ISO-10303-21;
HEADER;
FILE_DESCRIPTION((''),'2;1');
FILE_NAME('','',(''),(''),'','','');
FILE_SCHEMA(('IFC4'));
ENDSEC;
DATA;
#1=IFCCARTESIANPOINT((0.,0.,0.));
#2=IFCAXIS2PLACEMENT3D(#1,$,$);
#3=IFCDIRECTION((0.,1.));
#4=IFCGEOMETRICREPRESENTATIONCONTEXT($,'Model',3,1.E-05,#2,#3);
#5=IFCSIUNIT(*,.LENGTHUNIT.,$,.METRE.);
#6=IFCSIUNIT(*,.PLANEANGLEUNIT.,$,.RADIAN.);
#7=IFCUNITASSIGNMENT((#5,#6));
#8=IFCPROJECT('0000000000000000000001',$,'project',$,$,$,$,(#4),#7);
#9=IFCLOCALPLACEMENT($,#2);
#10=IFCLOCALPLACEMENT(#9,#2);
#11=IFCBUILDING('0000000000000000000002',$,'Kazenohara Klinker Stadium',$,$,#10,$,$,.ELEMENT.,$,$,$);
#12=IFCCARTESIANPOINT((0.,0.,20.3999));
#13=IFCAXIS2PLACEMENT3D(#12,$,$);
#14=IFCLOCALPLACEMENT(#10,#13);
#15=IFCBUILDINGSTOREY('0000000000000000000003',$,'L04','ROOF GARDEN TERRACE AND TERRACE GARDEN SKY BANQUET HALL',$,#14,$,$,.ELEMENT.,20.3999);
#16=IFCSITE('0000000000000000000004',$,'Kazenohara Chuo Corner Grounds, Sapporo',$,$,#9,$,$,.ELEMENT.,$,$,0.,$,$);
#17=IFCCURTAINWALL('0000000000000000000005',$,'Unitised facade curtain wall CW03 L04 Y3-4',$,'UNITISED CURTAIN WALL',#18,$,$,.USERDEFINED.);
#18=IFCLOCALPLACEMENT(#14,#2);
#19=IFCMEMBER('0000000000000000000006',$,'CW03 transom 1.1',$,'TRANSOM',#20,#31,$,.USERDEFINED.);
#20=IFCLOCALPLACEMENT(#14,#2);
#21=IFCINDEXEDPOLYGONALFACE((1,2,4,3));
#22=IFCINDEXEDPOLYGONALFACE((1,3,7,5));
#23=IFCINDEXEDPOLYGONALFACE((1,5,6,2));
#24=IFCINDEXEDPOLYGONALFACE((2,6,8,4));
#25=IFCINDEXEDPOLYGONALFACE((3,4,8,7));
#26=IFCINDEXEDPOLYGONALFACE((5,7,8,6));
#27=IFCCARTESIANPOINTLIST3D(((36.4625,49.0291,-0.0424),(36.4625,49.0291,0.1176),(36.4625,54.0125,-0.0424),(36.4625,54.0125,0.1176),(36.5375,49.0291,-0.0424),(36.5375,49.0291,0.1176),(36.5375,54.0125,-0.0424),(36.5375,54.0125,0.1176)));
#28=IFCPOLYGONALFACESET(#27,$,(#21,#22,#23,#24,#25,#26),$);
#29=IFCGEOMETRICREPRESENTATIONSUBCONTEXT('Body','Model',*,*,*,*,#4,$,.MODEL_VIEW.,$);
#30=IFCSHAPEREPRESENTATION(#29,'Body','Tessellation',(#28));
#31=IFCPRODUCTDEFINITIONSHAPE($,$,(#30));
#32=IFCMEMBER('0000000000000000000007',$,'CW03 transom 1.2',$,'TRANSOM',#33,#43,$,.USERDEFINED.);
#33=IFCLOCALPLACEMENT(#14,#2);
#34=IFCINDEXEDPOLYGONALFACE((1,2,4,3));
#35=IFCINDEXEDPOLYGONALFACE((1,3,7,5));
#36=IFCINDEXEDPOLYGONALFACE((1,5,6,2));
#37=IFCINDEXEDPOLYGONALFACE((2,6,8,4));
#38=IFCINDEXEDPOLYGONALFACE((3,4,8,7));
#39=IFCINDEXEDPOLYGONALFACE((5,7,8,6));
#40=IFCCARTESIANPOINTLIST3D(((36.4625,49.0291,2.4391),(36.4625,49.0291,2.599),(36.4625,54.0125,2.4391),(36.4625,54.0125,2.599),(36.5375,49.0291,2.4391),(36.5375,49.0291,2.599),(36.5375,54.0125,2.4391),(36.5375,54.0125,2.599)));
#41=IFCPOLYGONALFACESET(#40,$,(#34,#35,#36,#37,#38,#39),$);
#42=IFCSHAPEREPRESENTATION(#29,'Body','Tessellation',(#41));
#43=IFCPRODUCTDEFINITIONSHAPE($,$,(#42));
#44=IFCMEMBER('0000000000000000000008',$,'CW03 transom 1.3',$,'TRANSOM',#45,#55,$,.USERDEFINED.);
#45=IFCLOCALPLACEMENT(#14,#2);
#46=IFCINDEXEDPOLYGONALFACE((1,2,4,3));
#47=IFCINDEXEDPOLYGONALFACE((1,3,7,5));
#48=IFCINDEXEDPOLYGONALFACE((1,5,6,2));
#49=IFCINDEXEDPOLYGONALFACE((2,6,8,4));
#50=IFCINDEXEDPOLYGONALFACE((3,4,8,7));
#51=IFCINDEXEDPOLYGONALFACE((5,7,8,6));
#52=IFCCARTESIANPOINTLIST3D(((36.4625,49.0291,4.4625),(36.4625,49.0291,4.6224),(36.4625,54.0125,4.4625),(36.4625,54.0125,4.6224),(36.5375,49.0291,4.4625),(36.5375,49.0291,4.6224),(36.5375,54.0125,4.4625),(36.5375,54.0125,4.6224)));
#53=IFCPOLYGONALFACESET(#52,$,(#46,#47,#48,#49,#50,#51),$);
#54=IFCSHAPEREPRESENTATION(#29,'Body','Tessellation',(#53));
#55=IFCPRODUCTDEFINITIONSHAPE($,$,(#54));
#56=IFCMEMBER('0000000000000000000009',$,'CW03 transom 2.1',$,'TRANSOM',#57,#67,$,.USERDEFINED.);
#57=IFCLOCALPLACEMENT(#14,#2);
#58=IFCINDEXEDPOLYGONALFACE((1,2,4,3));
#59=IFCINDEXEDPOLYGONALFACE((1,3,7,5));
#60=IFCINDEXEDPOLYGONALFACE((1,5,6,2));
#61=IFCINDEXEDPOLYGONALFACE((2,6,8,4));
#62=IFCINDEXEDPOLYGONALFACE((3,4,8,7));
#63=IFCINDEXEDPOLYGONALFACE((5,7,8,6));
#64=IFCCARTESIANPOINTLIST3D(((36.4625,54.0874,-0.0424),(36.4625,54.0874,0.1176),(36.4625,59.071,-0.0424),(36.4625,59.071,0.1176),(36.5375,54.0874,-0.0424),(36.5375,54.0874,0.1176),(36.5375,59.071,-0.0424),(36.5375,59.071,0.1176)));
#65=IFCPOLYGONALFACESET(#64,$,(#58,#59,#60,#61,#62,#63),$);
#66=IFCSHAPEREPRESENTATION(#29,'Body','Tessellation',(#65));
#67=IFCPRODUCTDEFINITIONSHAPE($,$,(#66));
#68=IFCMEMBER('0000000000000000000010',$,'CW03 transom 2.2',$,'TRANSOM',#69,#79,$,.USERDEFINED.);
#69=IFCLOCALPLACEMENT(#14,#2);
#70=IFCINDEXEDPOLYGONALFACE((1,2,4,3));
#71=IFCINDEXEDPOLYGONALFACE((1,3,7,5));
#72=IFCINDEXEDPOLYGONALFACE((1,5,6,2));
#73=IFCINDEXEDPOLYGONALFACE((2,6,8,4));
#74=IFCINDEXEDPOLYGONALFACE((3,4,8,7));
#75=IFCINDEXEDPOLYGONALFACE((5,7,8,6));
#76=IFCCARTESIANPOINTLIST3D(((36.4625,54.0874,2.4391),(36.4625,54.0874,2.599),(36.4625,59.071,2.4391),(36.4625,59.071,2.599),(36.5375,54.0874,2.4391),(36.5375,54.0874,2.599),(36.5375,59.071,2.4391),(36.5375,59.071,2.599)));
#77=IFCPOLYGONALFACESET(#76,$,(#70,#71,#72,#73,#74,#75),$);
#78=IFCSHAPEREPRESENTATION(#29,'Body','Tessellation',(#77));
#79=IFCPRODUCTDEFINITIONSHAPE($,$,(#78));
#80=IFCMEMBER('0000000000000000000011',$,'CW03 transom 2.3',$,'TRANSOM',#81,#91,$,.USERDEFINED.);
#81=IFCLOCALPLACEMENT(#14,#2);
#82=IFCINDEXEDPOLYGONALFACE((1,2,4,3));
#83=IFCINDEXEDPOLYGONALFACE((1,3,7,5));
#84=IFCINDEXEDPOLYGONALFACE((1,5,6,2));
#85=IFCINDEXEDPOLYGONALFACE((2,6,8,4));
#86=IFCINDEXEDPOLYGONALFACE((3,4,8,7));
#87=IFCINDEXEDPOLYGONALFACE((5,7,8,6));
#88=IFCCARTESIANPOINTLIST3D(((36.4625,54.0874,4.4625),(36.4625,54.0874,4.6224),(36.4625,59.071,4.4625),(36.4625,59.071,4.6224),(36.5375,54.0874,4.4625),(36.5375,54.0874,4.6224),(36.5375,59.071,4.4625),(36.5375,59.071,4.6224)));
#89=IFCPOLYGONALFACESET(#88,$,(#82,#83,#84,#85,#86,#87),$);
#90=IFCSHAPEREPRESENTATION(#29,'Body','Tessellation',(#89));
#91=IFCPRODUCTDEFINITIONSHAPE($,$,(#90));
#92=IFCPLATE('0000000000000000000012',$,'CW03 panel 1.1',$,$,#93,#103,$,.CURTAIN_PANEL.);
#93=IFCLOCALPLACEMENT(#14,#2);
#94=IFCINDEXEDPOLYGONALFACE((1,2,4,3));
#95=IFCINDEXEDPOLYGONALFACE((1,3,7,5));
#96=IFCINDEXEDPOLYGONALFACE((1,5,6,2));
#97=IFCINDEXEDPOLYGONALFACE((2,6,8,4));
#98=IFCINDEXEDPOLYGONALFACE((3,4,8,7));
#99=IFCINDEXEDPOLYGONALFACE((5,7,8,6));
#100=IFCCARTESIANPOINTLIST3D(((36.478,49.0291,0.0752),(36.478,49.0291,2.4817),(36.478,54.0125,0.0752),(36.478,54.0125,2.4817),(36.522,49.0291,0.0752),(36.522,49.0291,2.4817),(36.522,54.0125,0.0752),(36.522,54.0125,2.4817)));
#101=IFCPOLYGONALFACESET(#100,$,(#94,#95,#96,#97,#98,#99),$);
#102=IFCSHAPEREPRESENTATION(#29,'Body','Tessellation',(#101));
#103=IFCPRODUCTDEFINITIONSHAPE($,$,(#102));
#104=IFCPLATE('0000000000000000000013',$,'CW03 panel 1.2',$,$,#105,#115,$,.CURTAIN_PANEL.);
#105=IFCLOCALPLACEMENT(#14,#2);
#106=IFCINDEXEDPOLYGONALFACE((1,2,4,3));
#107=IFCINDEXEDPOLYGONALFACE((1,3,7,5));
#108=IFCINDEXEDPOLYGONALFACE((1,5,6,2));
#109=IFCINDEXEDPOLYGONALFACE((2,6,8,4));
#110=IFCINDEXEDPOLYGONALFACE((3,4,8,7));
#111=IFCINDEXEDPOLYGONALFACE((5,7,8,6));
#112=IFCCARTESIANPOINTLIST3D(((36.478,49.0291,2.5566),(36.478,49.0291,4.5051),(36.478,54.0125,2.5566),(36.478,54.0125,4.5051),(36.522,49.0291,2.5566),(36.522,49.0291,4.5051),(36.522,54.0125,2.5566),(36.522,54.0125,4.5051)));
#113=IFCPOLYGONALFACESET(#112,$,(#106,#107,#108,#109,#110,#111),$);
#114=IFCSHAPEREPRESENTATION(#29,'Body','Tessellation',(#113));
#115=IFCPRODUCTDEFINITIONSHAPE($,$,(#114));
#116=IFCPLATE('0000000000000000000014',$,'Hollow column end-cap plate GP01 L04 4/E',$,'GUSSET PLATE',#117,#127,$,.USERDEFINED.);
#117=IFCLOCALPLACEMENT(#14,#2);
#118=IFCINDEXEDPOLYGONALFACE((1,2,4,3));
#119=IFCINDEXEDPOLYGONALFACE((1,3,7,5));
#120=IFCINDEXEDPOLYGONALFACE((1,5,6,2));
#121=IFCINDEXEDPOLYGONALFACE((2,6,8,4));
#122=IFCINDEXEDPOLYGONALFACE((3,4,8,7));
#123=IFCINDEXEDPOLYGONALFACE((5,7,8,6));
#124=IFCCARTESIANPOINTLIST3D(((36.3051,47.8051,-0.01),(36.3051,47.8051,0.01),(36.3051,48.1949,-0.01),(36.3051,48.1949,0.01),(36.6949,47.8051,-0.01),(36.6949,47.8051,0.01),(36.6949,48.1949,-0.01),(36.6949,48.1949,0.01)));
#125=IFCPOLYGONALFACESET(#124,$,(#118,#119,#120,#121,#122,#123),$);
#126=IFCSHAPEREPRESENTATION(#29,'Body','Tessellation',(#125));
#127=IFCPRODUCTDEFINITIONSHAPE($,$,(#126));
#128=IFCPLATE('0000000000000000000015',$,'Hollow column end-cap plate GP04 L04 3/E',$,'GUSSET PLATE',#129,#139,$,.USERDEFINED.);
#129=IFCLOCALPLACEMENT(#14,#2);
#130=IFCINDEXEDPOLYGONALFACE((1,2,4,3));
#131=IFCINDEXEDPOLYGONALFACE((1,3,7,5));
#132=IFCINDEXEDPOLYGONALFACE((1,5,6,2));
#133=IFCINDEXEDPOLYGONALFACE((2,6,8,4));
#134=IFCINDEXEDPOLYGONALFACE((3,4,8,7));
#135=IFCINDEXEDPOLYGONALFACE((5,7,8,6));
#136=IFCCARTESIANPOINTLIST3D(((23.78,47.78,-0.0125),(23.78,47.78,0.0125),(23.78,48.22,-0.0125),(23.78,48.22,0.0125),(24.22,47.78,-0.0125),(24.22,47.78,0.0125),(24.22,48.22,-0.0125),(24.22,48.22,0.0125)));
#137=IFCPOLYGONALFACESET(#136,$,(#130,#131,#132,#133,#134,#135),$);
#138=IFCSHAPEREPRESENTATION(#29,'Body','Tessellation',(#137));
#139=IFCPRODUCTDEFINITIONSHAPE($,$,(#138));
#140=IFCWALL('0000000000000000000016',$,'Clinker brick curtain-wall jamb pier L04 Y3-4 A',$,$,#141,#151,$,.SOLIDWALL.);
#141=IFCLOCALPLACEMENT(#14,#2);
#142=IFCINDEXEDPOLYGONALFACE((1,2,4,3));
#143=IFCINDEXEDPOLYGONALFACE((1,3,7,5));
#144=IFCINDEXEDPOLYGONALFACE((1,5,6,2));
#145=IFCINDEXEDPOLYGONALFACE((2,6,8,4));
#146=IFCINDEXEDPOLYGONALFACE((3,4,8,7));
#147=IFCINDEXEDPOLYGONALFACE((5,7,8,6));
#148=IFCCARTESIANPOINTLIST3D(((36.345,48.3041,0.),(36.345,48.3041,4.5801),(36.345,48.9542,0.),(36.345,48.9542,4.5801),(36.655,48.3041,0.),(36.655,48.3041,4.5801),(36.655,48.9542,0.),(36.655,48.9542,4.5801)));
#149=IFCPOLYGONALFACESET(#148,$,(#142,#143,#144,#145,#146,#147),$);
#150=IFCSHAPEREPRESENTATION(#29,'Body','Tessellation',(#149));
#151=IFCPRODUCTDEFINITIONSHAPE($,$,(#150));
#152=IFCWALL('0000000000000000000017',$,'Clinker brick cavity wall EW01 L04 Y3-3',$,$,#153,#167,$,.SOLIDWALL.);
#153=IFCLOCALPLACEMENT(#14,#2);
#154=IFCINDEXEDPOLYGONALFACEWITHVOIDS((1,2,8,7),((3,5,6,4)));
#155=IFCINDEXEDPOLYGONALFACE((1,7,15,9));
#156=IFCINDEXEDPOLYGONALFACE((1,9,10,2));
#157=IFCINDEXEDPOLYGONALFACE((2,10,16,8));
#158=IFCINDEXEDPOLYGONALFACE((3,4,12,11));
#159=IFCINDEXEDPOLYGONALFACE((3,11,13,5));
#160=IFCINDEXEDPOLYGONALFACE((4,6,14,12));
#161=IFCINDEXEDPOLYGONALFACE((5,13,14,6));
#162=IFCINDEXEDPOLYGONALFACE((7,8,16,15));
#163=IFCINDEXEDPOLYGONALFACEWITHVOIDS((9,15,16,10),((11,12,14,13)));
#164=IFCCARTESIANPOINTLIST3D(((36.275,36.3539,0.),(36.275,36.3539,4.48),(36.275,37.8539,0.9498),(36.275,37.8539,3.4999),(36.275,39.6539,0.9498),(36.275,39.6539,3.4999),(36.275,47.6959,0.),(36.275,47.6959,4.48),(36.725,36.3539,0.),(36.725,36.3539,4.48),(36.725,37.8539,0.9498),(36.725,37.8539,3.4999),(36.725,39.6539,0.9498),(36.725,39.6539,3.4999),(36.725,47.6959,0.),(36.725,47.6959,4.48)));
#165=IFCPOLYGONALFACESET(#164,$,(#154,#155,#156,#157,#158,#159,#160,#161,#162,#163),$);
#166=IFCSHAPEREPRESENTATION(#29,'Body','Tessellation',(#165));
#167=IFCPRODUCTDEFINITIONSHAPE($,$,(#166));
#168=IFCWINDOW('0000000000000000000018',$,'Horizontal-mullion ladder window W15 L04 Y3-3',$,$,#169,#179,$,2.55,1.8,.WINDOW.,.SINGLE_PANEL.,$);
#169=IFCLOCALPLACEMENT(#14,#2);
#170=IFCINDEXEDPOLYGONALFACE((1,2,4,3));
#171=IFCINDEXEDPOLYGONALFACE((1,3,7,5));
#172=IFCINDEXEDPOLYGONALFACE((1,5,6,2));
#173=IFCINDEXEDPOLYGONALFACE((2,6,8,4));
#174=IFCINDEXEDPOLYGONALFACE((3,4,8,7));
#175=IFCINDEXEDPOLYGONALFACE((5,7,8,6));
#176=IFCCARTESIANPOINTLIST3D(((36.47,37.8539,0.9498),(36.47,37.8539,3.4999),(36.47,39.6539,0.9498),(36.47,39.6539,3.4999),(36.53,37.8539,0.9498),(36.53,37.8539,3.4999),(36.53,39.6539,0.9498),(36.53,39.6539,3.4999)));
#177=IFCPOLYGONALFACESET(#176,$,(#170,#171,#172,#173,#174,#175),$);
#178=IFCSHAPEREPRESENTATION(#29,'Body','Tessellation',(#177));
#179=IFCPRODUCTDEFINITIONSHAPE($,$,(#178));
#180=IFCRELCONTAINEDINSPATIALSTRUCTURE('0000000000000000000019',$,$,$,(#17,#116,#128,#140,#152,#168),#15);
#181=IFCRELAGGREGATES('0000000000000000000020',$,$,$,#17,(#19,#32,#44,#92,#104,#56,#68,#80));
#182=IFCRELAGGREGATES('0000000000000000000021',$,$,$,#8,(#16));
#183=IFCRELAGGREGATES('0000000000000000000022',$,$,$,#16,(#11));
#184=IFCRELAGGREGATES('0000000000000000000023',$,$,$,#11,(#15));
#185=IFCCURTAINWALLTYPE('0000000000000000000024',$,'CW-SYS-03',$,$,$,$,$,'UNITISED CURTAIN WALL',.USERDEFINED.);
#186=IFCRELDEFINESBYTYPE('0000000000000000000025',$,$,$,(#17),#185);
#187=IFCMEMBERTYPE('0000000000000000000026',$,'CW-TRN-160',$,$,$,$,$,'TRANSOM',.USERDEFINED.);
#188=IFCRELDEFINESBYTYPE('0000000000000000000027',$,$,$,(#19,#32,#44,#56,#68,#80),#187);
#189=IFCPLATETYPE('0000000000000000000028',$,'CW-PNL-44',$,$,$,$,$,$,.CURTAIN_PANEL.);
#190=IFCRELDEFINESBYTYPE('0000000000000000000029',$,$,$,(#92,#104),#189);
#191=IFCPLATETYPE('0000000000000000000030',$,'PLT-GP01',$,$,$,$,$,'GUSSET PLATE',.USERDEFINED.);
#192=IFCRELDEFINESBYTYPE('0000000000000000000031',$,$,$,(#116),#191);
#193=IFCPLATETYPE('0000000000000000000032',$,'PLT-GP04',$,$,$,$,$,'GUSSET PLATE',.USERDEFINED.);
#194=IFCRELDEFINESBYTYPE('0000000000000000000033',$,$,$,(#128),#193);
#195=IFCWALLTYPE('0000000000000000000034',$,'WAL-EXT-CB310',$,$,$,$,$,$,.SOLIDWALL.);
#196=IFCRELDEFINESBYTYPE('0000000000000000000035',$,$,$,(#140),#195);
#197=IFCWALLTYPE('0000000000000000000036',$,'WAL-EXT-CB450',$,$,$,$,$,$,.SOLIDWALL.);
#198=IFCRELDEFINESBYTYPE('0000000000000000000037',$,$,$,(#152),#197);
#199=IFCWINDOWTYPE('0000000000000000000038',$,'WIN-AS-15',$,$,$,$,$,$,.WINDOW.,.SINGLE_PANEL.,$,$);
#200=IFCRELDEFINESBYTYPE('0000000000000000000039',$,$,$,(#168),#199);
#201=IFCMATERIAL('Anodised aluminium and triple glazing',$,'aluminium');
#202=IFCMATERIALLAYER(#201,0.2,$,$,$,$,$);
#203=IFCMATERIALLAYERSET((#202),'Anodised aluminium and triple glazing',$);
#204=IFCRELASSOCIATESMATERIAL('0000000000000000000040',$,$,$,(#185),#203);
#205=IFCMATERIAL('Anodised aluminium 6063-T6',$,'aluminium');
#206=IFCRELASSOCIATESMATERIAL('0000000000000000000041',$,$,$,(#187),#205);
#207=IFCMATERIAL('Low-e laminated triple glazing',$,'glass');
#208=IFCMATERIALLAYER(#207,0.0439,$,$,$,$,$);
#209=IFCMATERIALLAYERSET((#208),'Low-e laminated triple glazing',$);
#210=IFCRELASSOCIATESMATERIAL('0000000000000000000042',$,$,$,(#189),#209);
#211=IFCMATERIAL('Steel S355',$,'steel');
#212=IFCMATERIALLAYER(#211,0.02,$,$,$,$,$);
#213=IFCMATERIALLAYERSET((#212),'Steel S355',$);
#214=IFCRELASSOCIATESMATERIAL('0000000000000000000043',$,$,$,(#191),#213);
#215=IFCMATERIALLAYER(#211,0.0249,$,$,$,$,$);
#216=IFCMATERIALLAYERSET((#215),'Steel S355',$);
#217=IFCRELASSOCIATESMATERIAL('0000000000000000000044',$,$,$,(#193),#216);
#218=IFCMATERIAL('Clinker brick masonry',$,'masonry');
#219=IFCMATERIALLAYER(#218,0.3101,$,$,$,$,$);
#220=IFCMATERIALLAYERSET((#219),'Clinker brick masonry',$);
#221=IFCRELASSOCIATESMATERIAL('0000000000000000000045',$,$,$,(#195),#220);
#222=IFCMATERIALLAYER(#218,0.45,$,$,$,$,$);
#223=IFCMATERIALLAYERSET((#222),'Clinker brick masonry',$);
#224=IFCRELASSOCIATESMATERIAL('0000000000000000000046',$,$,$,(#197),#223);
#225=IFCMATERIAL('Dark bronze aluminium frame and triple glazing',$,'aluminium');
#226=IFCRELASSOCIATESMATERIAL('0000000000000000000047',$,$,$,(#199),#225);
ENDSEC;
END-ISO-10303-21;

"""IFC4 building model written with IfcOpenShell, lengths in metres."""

from ifc_helpers import new_model, si_unit, direction, frame, frame_2d, origin, origin_2d, place, context, subcontext, project, spatial, rectangle, extrude, material, layer, layer_set, material_profile, profile_set, type_object, element, fill, aggregate, save


model = new_model("IFC4")

# Units and contexts
model_context = context("Model", 3, precision=1e-05, world=origin(), true_north=direction((0.0, 1.0)))
body_context = subcontext(model_context, "Body", "Model", "MODEL_VIEW")
ifc_project = project(units=[si_unit("LENGTHUNIT", "METRE"), si_unit("PLANEANGLEUNIT", "RADIAN")], contexts=[model_context])

# Site, building, storey
site_placement = place(None, origin())
site = spatial("IfcSite", under=ifc_project, at=site_placement, Name="Kazenohara Chuo Corner Grounds, Sapporo", CompositionType="ELEMENT", RefElevation=0.0)
building_placement = place(site_placement, origin())
building = spatial("IfcBuilding", under=site, at=building_placement, Name="Kazenohara Klinker Stadium", CompositionType="ELEMENT")
storey_placement = place(building_placement, frame((0.0, 0.0, 20.3999)))
storey = spatial("IfcBuildingStorey", under=building, at=storey_placement, Name="L04", Description="ROOF GARDEN TERRACE AND TERRACE GARDEN SKY BANQUET HALL", CompositionType="ELEMENT", Elevation=20.3999)

# Shared definitions
ifc_material_1 = material(Name="Steel S355", Category="steel")

# Curtain wall, members, plates
ifc_material_2 = material(Name="Anodised aluminium and triple glazing", Category="aluminium")
ifc_layer_1 = layer(ifc_material_2, 0.2)
ifc_layer_set_1 = layer_set([ifc_layer_1], Name="Anodised aluminium and triple glazing")
curtain_wall_type = type_object("IfcCurtainWallType", Name="CW-SYS-03", ElementType="UNITISED CURTAIN WALL", PredefinedType="USERDEFINED", material=ifc_layer_set_1)
curtain_wall_placement = place(storey_placement, origin())
curtain_wall = element("IfcCurtainWall", 1, at=curtain_wall_placement, inside=storey, type_object=curtain_wall_type, Name="Unitised facade curtain wall CW03 L04 Y3-4", ObjectType="UNITISED CURTAIN WALL", PredefinedType="USERDEFINED")
ifc_material_3 = material(Name="Anodised aluminium 6063-T6", Category="aluminium")
ifc_material_profile_1 = material_profile(ifc_material_3, rectangle(XDim=0.075, YDim=0.1599, at=origin_2d()), Name="ALU-TRN-75x160")
ifc_profile_set_1 = profile_set([ifc_material_profile_1], Name="Anodised aluminium 6063-T6")
member_type_1 = type_object("IfcMemberType", Name="CW-TRN-160", ElementType="TRANSOM", PredefinedType="USERDEFINED", material=ifc_profile_set_1)
member_1_placement = place(storey_placement, frame((36.5, 49.0291, 0.0376), z_axis=(0.0, 1.0, 0.0), x_axis=(-1.0, 0.0, 0.0)))
member_1 = element("IfcMember", 2, at=member_1_placement, type_object=member_type_1, Name="CW03 transom 1.1", ObjectType="TRANSOM", PredefinedType="USERDEFINED", context=body_context, shape_type="SweptSolid", body=[
    extrude(rectangle(XDim=0.075, YDim=0.1599, at=origin_2d()), origin(), (0.0, 0.0, 1.0), 4.9834),
])
member_2_placement = place(storey_placement, frame((36.5, 49.0291, 2.519), z_axis=(0.0, 1.0, 0.0), x_axis=(-1.0, 0.0, 0.0)))
member_2 = element("IfcMember", 3, at=member_2_placement, type_object=member_type_1, Name="CW03 transom 1.2", ObjectType="TRANSOM", PredefinedType="USERDEFINED", context=body_context, shape_type="SweptSolid", body=[
    extrude(rectangle(XDim=0.075, YDim=0.1599, at=origin_2d()), origin(), (0.0, 0.0, 1.0), 4.9834),
])
member_3_placement = place(storey_placement, frame((36.5, 49.0291, 4.5425), z_axis=(0.0, 1.0, 0.0), x_axis=(-1.0, 0.0, 0.0)))
member_3 = element("IfcMember", 4, at=member_3_placement, type_object=member_type_1, Name="CW03 transom 1.3", ObjectType="TRANSOM", PredefinedType="USERDEFINED", context=body_context, shape_type="SweptSolid", body=[
    extrude(rectangle(XDim=0.075, YDim=0.1599, at=origin_2d()), origin(), (0.0, 0.0, 1.0), 4.9834),
])
member_4_placement = place(storey_placement, frame((36.5, 54.0874, 0.0376), z_axis=(0.0, 1.0, 0.0), x_axis=(-1.0, 0.0, 0.0)))
member_4 = element("IfcMember", 5, at=member_4_placement, type_object=member_type_1, Name="CW03 transom 2.1", ObjectType="TRANSOM", PredefinedType="USERDEFINED", context=body_context, shape_type="SweptSolid", body=[
    extrude(rectangle(XDim=0.075, YDim=0.1599, at=origin_2d()), origin(), (0.0, 0.0, 1.0), 4.9836),
])
member_5_placement = place(storey_placement, frame((36.5, 54.0874, 2.519), z_axis=(0.0, 1.0, 0.0), x_axis=(-1.0, 0.0, 0.0)))
member_5 = element("IfcMember", 6, at=member_5_placement, type_object=member_type_1, Name="CW03 transom 2.2", ObjectType="TRANSOM", PredefinedType="USERDEFINED", context=body_context, shape_type="SweptSolid", body=[
    extrude(rectangle(XDim=0.075, YDim=0.1599, at=origin_2d()), origin(), (0.0, 0.0, 1.0), 4.9836),
])
member_6_placement = place(storey_placement, frame((36.5, 54.0874, 4.5425), z_axis=(0.0, 1.0, 0.0), x_axis=(-1.0, 0.0, 0.0)))
member_6 = element("IfcMember", 7, at=member_6_placement, type_object=member_type_1, Name="CW03 transom 2.3", ObjectType="TRANSOM", PredefinedType="USERDEFINED", context=body_context, shape_type="SweptSolid", body=[
    extrude(rectangle(XDim=0.075, YDim=0.1599, at=origin_2d()), origin(), (0.0, 0.0, 1.0), 4.9836),
])
ifc_material_4 = material(Name="Low-e laminated triple glazing", Category="glass")
ifc_layer_2 = layer(ifc_material_4, 0.0439)
ifc_layer_set_2 = layer_set([ifc_layer_2], Name="Low-e laminated triple glazing")
plate_type_1 = type_object("IfcPlateType", Name="CW-PNL-44", PredefinedType="CURTAIN_PANEL", material=ifc_layer_set_2)
plate_1_placement = place(storey_placement, frame((36.5, 51.5208, 0.0752), z_axis=(0.0, 0.0, 1.0), x_axis=(0.0, 1.0, 0.0)))
plate_1 = element("IfcPlate", 8, at=plate_1_placement, type_object=plate_type_1, Name="CW03 panel 1.1", PredefinedType="CURTAIN_PANEL", context=body_context, shape_type="SweptSolid", body=[
    extrude(rectangle(XDim=4.9834, YDim=0.0439, at=origin_2d()), origin(), (0.0, 0.0, 1.0), 2.4065),
])
plate_2_placement = place(storey_placement, frame((36.5, 51.5208, 2.5566), z_axis=(0.0, 0.0, 1.0), x_axis=(0.0, 1.0, 0.0)))
plate_2 = element("IfcPlate", 9, at=plate_2_placement, type_object=plate_type_1, Name="CW03 panel 1.2", PredefinedType="CURTAIN_PANEL", context=body_context, shape_type="SweptSolid", body=[
    extrude(rectangle(XDim=4.9834, YDim=0.0439, at=origin_2d()), origin(), (0.0, 0.0, 1.0), 1.9485),
])
aggregate(curtain_wall, [member_1, member_2, member_3, plate_1, plate_2, member_4, member_5, member_6])

# Plates
ifc_layer_3 = layer(ifc_material_1, 0.02)
ifc_layer_set_3 = layer_set([ifc_layer_3], Name="Steel S355")
plate_type_2 = type_object("IfcPlateType", Name="PLT-GP01", ElementType="GUSSET PLATE", PredefinedType="USERDEFINED", material=ifc_layer_set_3)
plate_3_placement = place(storey_placement, frame((36.5, 48.0, -0.01), z_axis=(0.0, 0.0, 1.0), x_axis=(1.0, 0.0, 0.0)))
element("IfcPlate", 10, at=plate_3_placement, inside=storey, type_object=plate_type_2, Name="Hollow column end-cap plate GP01 L04 4/E", ObjectType="GUSSET PLATE", PredefinedType="USERDEFINED", context=body_context, shape_type="SweptSolid", body=[
    extrude(rectangle(XDim=0.3899, YDim=0.3899, at=origin_2d()), origin(), (0.0, 0.0, 1.0), 0.02),
])
ifc_layer_4 = layer(ifc_material_1, 0.0249)
ifc_layer_set_4 = layer_set([ifc_layer_4], Name="Steel S355")
plate_type_3 = type_object("IfcPlateType", Name="PLT-GP04", ElementType="GUSSET PLATE", PredefinedType="USERDEFINED", material=ifc_layer_set_4)
plate_4_placement = place(storey_placement, frame((24.0, 48.0, -0.0125), z_axis=(0.0, 0.0, 1.0), x_axis=(1.0, 0.0, 0.0)))
element("IfcPlate", 11, at=plate_4_placement, inside=storey, type_object=plate_type_3, Name="Hollow column end-cap plate GP04 L04 3/E", ObjectType="GUSSET PLATE", PredefinedType="USERDEFINED", context=body_context, shape_type="SweptSolid", body=[
    extrude(rectangle(XDim=0.4399, YDim=0.4399, at=origin_2d()), origin(), (0.0, 0.0, 1.0), 0.0249),
])

# Wall
ifc_material_5 = material(Name="Clinker brick masonry", Category="masonry")
ifc_layer_5 = layer(ifc_material_5, 0.3101)
ifc_layer_set_5 = layer_set([ifc_layer_5], Name="Clinker brick masonry")
wall_type_1 = type_object("IfcWallType", Name="WAL-EXT-CB310", PredefinedType="SOLIDWALL", material=ifc_layer_set_5)
wall_1_placement = place(storey_placement, frame((36.5, 48.304, 0.0), z_axis=(0.0, 0.0, 1.0), x_axis=(0.0, 1.0, 0.0)))
element("IfcWall", 12, at=wall_1_placement, inside=storey, type_object=wall_type_1, Name="Clinker brick curtain-wall jamb pier L04 Y3-4 A", PredefinedType="SOLIDWALL", context=body_context, shape_type="SweptSolid", body=[
    extrude(rectangle(XDim=0.6501, YDim=0.3101, at=frame_2d((0.3252, 0.0))), origin(), (0.0, 0.0, 1.0), 4.5801),
])

# Wall, opening, window
ifc_layer_6 = layer(ifc_material_5, 0.45)
ifc_layer_set_6 = layer_set([ifc_layer_6], Name="Clinker brick masonry")
wall_type_2 = type_object("IfcWallType", Name="WAL-EXT-CB450", PredefinedType="SOLIDWALL", material=ifc_layer_set_6)
wall_2_placement = place(storey_placement, frame((36.5, 36.354, 0.0), z_axis=(0.0, 0.0, 1.0), x_axis=(0.0, 1.0, 0.0)))
wall_2 = element("IfcWall", 13, at=wall_2_placement, inside=storey, type_object=wall_type_2, Name="Clinker brick cavity wall EW01 L04 Y3-3", PredefinedType="SOLIDWALL", context=body_context, shape_type="SweptSolid", body=[
    extrude(rectangle(XDim=11.342, YDim=0.45, at=frame_2d((5.6709, 0.0))), origin(), (0.0, 0.0, 1.0), 4.48),
])
opening_1_placement = place(wall_2_placement, frame((1.5, 0.0, 0.95)))
opening_1 = element("IfcOpeningElement", 14, at=opening_1_placement, cuts=wall_2, PredefinedType="OPENING", context=body_context, shape_type="SweptSolid", body=[
    extrude(rectangle(XDim=1.8, YDim=2.55, at=frame_2d((0.8999, 1.2749))), frame((0.0, 0.2349, 0.0), z_axis=(0.0, -1.0, 0.0), x_axis=(1.0, 0.0, 0.0)), (0.0, 0.0, 1.0), 0.47),
])
ifc_material_6 = material(Name="Dark bronze aluminium frame and triple glazing", Category="aluminium")
window_type = type_object("IfcWindowType", Name="WIN-AS-15", PartitioningType="SINGLE_PANEL", PredefinedType="WINDOW", material=ifc_material_6)
window_placement = place(opening_1_placement, origin())
window = element("IfcWindow", 15, at=window_placement, inside=storey, type_object=window_type, Name="Horizontal-mullion ladder window W15 L04 Y3-3", OverallHeight=2.55, OverallWidth=1.8, PartitioningType="SINGLE_PANEL", PredefinedType="WINDOW", context=body_context, shape_type="SweptSolid", body=[
    extrude(rectangle(XDim=1.8, YDim=2.55, at=frame_2d((0.8999, 1.2749))), frame((0.0, 0.03, 0.0), z_axis=(0.0, -1.0, 0.0), x_axis=(1.0, 0.0, 0.0)), (0.0, 0.0, 1.0), 0.0601),
])
fill(opening_1, window)

save(model, "model.ifc")
